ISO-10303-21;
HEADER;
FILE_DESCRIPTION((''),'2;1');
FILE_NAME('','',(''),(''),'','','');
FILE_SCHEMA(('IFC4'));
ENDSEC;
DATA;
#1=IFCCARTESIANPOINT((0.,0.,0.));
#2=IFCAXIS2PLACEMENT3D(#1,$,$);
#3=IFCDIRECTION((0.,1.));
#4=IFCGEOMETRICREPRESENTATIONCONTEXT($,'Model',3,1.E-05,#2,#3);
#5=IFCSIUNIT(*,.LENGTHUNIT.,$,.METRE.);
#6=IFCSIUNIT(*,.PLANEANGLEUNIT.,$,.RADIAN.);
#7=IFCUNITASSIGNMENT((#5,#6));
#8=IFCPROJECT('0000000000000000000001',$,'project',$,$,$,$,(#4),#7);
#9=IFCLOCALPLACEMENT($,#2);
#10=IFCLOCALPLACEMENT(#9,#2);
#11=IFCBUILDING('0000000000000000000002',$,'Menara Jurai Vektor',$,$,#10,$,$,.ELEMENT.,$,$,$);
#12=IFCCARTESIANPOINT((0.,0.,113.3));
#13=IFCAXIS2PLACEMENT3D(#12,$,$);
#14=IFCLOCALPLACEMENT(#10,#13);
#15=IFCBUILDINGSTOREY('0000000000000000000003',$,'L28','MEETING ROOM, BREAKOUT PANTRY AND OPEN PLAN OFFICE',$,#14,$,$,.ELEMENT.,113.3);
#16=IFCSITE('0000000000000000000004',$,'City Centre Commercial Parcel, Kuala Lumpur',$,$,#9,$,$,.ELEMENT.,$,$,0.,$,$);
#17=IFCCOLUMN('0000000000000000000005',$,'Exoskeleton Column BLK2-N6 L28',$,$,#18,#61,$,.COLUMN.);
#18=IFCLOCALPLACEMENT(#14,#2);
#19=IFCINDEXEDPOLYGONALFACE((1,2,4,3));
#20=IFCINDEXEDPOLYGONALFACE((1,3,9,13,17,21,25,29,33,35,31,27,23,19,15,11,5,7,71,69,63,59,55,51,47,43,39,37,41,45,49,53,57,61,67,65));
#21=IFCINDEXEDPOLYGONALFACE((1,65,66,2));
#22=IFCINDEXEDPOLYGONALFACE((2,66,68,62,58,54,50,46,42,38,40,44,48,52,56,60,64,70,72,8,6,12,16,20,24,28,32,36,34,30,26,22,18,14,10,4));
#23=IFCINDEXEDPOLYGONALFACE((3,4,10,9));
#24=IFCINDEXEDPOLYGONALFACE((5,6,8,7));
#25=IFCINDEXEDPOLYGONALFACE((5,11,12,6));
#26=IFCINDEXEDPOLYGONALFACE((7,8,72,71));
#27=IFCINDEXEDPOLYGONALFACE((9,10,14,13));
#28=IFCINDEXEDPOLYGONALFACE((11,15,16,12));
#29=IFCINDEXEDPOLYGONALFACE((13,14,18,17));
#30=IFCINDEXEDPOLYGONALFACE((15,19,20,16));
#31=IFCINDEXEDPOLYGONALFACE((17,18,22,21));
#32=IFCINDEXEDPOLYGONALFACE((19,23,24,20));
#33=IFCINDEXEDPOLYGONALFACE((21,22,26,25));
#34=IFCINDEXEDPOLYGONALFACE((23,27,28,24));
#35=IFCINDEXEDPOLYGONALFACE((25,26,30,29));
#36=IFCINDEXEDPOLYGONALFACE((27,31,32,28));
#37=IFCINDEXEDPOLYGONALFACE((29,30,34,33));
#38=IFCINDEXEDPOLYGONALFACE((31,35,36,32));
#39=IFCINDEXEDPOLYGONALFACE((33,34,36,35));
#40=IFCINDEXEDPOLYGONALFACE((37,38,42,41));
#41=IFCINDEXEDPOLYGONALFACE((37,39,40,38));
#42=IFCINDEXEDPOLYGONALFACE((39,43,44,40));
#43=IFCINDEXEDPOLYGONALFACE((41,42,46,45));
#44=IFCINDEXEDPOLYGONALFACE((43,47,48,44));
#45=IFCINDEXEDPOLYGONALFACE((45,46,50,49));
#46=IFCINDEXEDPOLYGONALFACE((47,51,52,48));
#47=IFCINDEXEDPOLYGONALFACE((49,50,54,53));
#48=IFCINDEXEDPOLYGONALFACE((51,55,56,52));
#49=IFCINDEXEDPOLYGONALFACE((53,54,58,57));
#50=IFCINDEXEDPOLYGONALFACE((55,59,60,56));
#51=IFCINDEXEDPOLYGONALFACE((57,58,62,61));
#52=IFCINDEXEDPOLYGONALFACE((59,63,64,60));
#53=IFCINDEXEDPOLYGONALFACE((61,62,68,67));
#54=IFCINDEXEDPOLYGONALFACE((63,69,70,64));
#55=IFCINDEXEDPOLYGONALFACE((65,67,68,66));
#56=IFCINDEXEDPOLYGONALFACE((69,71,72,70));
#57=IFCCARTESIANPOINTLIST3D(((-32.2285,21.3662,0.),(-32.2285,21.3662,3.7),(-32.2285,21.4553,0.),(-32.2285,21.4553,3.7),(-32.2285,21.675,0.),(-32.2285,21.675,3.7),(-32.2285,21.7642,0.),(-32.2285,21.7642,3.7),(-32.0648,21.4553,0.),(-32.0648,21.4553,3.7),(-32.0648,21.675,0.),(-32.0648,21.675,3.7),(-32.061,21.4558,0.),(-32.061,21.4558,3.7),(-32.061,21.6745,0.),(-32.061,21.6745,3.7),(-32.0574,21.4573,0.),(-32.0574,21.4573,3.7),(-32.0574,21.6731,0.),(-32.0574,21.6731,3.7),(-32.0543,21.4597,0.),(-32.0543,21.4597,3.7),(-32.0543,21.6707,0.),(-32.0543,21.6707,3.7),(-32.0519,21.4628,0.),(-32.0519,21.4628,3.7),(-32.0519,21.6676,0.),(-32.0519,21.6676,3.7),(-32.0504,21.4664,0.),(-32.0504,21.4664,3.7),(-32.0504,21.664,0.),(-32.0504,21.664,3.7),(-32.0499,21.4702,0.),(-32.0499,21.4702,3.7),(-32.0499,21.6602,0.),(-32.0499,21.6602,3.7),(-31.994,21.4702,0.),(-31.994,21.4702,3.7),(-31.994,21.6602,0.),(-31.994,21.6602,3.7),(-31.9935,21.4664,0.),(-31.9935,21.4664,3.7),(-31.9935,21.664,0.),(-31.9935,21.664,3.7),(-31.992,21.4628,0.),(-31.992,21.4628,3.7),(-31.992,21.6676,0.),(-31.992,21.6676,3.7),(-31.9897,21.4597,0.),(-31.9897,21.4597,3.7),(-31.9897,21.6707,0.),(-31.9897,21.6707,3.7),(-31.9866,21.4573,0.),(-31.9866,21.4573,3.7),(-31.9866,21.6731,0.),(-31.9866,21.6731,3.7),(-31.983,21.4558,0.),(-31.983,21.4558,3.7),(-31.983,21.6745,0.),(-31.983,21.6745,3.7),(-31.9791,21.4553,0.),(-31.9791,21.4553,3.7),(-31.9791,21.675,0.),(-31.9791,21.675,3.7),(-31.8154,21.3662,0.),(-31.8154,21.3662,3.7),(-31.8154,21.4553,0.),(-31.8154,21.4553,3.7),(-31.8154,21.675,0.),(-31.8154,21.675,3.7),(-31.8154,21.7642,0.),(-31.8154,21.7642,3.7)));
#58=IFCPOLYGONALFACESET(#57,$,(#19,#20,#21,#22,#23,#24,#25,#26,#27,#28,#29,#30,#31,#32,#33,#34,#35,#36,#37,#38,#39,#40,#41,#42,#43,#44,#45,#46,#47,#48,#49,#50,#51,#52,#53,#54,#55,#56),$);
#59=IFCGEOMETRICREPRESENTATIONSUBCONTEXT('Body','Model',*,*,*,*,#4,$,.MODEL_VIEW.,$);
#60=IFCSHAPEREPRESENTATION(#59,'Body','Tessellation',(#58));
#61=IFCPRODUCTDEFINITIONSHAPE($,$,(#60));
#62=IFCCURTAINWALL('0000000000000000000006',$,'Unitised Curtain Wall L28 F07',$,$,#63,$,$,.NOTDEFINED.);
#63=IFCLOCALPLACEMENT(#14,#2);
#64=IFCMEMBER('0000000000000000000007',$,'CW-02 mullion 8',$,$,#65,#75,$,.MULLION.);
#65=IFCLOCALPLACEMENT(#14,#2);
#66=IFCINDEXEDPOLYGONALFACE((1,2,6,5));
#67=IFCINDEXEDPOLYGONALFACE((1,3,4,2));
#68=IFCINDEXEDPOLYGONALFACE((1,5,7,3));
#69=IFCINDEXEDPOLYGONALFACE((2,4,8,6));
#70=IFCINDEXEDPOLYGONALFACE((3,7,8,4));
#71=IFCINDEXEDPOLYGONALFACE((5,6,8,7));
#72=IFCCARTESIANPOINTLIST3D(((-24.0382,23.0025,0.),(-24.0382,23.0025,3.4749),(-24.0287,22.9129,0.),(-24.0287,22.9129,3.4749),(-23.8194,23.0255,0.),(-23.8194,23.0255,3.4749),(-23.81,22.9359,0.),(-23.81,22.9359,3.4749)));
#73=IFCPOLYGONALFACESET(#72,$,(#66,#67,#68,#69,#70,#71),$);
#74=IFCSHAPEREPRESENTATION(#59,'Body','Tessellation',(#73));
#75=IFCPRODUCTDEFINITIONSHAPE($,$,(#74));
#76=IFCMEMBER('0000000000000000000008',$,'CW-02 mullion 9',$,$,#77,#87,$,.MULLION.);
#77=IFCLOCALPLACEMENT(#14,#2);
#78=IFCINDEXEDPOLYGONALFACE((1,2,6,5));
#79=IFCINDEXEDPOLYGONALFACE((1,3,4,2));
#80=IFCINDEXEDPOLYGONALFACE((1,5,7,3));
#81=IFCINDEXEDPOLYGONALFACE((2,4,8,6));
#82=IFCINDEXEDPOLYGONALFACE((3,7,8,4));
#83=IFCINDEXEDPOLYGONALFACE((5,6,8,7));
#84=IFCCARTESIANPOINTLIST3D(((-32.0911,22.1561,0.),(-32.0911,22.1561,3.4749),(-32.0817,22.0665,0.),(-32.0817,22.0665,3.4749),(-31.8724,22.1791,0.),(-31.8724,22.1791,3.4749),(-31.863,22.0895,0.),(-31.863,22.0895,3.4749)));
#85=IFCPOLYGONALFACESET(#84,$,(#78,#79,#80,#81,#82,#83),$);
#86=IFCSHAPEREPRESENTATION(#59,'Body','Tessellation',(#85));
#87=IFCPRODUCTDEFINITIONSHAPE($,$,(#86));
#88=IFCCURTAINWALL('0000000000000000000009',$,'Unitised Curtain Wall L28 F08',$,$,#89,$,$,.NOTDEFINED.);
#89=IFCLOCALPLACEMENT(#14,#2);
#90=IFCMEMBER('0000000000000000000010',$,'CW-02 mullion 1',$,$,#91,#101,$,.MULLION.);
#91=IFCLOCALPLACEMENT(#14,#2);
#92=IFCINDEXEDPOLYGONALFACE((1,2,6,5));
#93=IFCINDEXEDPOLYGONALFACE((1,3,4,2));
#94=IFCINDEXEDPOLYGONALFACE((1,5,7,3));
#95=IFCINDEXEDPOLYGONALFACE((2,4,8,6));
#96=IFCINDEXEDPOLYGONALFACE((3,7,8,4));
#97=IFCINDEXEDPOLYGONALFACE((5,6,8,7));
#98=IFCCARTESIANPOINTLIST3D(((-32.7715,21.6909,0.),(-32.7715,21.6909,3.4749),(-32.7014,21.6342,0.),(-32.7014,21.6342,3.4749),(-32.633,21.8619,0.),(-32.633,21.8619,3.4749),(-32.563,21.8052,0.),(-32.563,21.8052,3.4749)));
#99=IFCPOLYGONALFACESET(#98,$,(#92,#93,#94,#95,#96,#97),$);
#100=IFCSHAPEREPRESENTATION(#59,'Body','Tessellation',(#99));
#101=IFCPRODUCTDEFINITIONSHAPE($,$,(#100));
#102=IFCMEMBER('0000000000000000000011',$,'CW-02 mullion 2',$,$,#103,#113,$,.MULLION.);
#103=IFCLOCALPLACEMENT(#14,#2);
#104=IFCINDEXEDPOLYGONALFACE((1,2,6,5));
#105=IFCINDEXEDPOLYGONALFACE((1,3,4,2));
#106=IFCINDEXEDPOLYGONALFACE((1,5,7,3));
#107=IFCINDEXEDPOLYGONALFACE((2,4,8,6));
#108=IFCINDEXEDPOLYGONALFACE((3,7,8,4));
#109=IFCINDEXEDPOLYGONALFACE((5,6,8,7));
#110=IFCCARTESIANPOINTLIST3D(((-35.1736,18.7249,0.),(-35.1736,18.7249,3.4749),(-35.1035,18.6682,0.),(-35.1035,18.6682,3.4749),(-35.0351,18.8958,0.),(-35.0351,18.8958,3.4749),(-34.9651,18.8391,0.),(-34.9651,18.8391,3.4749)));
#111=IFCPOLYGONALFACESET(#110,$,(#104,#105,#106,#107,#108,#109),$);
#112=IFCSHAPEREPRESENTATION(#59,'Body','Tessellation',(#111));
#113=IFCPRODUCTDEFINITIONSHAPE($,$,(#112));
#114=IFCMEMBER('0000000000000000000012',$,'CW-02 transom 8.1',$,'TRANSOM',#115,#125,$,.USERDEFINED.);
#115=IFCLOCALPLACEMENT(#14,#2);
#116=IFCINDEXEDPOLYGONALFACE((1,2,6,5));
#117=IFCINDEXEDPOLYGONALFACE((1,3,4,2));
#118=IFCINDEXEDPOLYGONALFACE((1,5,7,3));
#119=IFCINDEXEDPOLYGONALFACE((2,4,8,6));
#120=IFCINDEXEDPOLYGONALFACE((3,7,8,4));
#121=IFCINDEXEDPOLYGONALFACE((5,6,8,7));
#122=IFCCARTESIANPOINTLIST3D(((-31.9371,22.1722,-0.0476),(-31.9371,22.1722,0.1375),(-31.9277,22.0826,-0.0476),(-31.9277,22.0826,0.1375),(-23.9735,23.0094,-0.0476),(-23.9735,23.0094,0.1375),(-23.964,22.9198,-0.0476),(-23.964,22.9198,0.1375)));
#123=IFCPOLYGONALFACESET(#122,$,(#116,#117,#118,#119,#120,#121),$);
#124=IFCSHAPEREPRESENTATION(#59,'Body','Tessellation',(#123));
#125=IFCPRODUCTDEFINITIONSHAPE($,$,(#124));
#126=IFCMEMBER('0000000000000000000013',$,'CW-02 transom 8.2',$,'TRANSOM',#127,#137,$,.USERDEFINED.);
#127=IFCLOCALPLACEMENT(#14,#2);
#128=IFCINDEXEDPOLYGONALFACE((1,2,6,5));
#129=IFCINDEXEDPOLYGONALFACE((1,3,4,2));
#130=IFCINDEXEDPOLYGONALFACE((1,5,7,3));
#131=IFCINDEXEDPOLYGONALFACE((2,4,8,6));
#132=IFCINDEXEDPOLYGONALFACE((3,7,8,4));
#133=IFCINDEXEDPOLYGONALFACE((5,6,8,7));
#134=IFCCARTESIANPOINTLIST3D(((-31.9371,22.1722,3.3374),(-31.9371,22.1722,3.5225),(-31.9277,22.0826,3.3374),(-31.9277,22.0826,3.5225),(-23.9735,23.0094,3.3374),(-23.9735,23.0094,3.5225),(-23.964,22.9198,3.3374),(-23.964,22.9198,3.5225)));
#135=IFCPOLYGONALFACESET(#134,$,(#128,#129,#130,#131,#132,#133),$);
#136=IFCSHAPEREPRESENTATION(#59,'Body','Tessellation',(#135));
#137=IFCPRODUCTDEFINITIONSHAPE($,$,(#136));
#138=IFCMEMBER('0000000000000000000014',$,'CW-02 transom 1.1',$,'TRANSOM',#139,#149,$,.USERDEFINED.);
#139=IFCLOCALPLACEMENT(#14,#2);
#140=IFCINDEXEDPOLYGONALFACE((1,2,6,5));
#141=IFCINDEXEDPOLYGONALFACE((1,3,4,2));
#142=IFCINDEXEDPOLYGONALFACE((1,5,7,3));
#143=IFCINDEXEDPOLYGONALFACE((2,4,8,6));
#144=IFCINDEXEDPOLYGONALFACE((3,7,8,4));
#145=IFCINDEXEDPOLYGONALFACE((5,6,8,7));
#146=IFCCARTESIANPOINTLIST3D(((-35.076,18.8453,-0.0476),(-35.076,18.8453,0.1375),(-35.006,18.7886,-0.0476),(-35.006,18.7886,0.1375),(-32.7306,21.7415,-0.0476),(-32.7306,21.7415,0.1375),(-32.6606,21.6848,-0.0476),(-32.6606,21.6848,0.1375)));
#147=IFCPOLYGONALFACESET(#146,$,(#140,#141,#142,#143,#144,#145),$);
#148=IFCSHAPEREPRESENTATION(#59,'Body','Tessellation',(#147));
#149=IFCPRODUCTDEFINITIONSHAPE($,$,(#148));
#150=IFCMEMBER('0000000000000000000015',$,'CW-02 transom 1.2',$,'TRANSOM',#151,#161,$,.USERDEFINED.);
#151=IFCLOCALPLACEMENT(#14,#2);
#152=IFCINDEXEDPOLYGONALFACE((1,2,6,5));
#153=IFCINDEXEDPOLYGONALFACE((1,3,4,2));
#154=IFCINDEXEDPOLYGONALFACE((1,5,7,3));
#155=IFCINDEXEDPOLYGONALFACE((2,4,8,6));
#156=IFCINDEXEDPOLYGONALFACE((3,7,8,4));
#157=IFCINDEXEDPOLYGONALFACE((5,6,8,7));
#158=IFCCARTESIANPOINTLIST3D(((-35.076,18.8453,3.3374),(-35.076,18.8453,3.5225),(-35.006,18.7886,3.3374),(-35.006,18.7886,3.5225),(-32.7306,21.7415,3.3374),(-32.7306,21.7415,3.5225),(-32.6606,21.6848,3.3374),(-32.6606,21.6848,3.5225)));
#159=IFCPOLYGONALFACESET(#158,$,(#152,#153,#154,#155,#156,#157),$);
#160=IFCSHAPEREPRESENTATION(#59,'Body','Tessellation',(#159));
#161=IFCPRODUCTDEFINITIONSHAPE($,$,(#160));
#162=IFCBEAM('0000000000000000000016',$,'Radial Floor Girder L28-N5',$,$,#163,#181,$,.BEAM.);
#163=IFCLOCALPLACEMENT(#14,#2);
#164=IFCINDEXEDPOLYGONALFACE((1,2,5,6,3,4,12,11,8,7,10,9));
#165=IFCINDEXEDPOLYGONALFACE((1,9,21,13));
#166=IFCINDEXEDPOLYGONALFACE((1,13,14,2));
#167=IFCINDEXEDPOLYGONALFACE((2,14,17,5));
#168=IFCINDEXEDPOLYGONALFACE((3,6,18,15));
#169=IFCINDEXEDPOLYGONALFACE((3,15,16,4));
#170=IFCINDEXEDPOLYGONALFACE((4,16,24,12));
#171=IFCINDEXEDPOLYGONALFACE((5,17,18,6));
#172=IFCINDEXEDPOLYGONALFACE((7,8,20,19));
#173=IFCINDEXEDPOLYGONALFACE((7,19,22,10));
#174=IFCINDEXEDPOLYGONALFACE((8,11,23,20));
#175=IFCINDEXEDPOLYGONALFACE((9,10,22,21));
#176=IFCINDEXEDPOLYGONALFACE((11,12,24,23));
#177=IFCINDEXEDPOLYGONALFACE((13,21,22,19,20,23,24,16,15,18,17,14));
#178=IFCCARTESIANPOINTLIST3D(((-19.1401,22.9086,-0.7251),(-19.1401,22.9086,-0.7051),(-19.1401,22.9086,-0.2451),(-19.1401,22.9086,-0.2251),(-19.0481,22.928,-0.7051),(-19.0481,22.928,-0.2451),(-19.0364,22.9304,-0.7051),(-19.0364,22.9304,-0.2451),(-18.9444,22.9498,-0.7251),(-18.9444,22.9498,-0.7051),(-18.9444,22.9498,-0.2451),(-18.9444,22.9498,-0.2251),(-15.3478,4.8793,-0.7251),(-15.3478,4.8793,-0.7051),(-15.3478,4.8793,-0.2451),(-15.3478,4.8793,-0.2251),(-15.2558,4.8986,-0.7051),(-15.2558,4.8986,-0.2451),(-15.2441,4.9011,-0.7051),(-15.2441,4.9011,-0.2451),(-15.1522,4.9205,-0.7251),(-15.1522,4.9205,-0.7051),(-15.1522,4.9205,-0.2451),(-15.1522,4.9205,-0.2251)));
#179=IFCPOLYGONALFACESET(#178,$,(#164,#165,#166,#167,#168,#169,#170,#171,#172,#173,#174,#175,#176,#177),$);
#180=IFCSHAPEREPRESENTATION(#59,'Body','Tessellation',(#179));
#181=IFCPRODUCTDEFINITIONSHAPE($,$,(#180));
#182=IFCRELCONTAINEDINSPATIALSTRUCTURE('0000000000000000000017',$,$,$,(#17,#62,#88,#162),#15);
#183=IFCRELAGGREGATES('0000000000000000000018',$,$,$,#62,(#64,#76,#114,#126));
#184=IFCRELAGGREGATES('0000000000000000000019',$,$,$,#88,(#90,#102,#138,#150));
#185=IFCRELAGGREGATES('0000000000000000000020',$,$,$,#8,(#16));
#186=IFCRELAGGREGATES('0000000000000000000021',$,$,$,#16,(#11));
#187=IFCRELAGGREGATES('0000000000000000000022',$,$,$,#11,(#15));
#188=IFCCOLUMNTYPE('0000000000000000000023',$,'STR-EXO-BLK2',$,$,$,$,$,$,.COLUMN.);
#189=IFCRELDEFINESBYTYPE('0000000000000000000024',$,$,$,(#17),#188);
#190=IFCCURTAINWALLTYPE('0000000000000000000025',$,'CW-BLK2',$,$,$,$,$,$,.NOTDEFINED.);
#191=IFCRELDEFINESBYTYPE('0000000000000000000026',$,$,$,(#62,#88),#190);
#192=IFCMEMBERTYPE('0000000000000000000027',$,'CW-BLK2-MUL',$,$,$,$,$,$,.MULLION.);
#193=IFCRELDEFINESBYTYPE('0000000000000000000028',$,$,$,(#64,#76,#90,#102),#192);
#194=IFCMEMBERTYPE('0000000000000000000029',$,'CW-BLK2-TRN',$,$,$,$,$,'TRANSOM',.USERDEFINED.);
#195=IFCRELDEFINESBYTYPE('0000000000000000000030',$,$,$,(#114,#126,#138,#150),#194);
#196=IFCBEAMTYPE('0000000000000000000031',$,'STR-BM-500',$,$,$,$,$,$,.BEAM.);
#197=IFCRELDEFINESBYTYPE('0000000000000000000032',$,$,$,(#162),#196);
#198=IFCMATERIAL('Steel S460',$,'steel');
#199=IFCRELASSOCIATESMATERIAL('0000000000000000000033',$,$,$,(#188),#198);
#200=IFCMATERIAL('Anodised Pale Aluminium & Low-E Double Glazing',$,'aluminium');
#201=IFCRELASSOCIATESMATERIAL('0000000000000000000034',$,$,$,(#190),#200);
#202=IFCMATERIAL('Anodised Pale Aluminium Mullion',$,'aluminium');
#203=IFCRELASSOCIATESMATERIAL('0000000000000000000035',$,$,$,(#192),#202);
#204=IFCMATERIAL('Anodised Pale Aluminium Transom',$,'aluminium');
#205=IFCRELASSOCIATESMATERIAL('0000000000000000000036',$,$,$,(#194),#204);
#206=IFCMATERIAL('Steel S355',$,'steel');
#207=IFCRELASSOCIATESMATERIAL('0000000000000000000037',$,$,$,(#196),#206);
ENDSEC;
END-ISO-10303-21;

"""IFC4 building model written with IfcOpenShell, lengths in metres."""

from ifc_helpers import new_model, si_unit, direction, frame, origin, origin_2d, place, context, subcontext, project, spatial, rectangle, i_section, extrude, material, material_profile, profile_set, type_object, element, aggregate, save


model = new_model("IFC4")

# Units and contexts
model_context = context("Model", 3, precision=1e-05, world=origin(), true_north=direction((0.0, 1.0)))
body_context = subcontext(model_context, "Body", "Model", "MODEL_VIEW")
ifc_project = project(units=[si_unit("LENGTHUNIT", "METRE"), si_unit("PLANEANGLEUNIT", "RADIAN")], contexts=[model_context])

# Site, building, storey
site_placement = place(None, origin())
site = spatial("IfcSite", under=ifc_project, at=site_placement, Name="City Centre Commercial Parcel, Kuala Lumpur", CompositionType="ELEMENT", RefElevation=0.0)
building_placement = place(site_placement, origin())
building = spatial("IfcBuilding", under=site, at=building_placement, Name="Menara Jurai Vektor", CompositionType="ELEMENT")
storey_placement = place(building_placement, frame((0.0, 0.0, 113.3)))
storey = spatial("IfcBuildingStorey", under=building, at=storey_placement, Name="L28", Description="MEETING ROOM, BREAKOUT PANTRY AND OPEN PLAN OFFICE", CompositionType="ELEMENT", Elevation=113.3)

# Column
ifc_material_1 = material(Name="Steel S460", Category="steel")
ifc_material_profile_1 = material_profile(ifc_material_1, i_section(OverallWidth=0.4131, OverallDepth=0.3979, WebThickness=0.0559, FlangeThickness=0.0891, FilletRadius=0.0149, at=origin_2d()), Name="HD 400x744")
ifc_profile_set_1 = profile_set([ifc_material_profile_1], Name="Steel S460")
column_type = type_object("IfcColumnType", Name="STR-EXO-BLK2", PredefinedType="COLUMN", material=ifc_profile_set_1)
column_placement = place(storey_placement, frame((-32.022, 21.5652, 0.0), z_axis=(0.0, 0.0, 1.0), x_axis=(1.0, 0.0, 0.0)))
element("IfcColumn", 1, at=column_placement, inside=storey, type_object=column_type, Name="Exoskeleton Column BLK2-N6 L28", PredefinedType="COLUMN", context=body_context, shape_type="SweptSolid", body=[
    extrude(i_section(OverallWidth=0.4131, OverallDepth=0.3979, WebThickness=0.0559, FlangeThickness=0.0891, FilletRadius=0.0149, at=origin_2d()), origin(), (0.0, 0.0, 1.0), 3.7),
])

# Curtain walls, members
ifc_material_2 = material(Name="Anodised Pale Aluminium & Low-E Double Glazing", Category="aluminium")
curtain_wall_type = type_object("IfcCurtainWallType", Name="CW-BLK2", PredefinedType="NOTDEFINED", material=ifc_material_2)
curtain_wall_1_placement = place(storey_placement, origin())
curtain_wall_1 = element("IfcCurtainWall", 2, at=curtain_wall_1_placement, inside=storey, type_object=curtain_wall_type, Name="Unitised Curtain Wall L28 F07", PredefinedType="NOTDEFINED")
ifc_material_3 = material(Name="Anodised Pale Aluminium Mullion", Category="aluminium")
ifc_material_profile_2 = material_profile(ifc_material_3, rectangle(XDim=0.0901, YDim=0.22, at=origin_2d()), Name="ALU MUL 90x220")
ifc_profile_set_2 = profile_set([ifc_material_profile_2], Name="Anodised Pale Aluminium Mullion")
member_type_1 = type_object("IfcMemberType", Name="CW-BLK2-MUL", PredefinedType="MULLION", material=ifc_profile_set_2)
member_1_placement = place(storey_placement, frame((-23.9241, 22.9692, 0.0), z_axis=(0.0, 0.0, 1.0), x_axis=(0.104529, -0.994522, 0.0)))
member_1 = element("IfcMember", 3, at=member_1_placement, type_object=member_type_1, Name="CW-02 mullion 8", PredefinedType="MULLION", context=body_context, shape_type="SweptSolid", body=[
    extrude(rectangle(XDim=0.0901, YDim=0.22, at=origin_2d()), origin(), (0.0, 0.0, 1.0), 3.4749),
])
member_2_placement = place(storey_placement, frame((-31.9771, 22.1228, 0.0), z_axis=(0.0, 0.0, 1.0), x_axis=(0.104529, -0.994522, 0.0)))
member_2 = element("IfcMember", 4, at=member_2_placement, type_object=member_type_1, Name="CW-02 mullion 9", PredefinedType="MULLION", context=body_context, shape_type="SweptSolid", body=[
    extrude(rectangle(XDim=0.0901, YDim=0.22, at=origin_2d()), origin(), (0.0, 0.0, 1.0), 3.4749),
])
curtain_wall_2_placement = place(storey_placement, origin())
curtain_wall_2 = element("IfcCurtainWall", 5, at=curtain_wall_2_placement, inside=storey, type_object=curtain_wall_type, Name="Unitised Curtain Wall L28 F08", PredefinedType="NOTDEFINED")
member_3_placement = place(storey_placement, frame((-32.6672, 21.748, 0.0), z_axis=(0.0, 0.0, 1.0), x_axis=(0.777129, -0.629341, 0.0)))
member_3 = element("IfcMember", 6, at=member_3_placement, type_object=member_type_1, Name="CW-02 mullion 1", PredefinedType="MULLION", context=body_context, shape_type="SweptSolid", body=[
    extrude(rectangle(XDim=0.0901, YDim=0.22, at=origin_2d()), origin(), (0.0, 0.0, 1.0), 3.4749),
])
member_4_placement = place(storey_placement, frame((-35.0693, 18.782, 0.0), z_axis=(0.0, 0.0, 1.0), x_axis=(0.777129, -0.629341, 0.0)))
member_4 = element("IfcMember", 7, at=member_4_placement, type_object=member_type_1, Name="CW-02 mullion 2", PredefinedType="MULLION", context=body_context, shape_type="SweptSolid", body=[
    extrude(rectangle(XDim=0.0901, YDim=0.22, at=origin_2d()), origin(), (0.0, 0.0, 1.0), 3.4749),
])

# Members
ifc_material_4 = material(Name="Anodised Pale Aluminium Transom", Category="aluminium")
ifc_material_profile_3 = material_profile(ifc_material_4, rectangle(XDim=0.0901, YDim=0.1851, at=origin_2d()), Name="ALU TRN 90x185")
ifc_profile_set_3 = profile_set([ifc_material_profile_3], Name="Anodised Pale Aluminium Transom")
member_type_2 = type_object("IfcMemberType", Name="CW-BLK2-TRN", ElementType="TRANSOM", PredefinedType="USERDEFINED", material=ifc_profile_set_3)
member_5_placement = place(storey_placement, frame((-23.9688, 22.9646, 0.0449), z_axis=(-0.99452, -0.104547, 0.0), x_axis=(0.104547, -0.99452, 0.0)))
member_5 = element("IfcMember", 8, at=member_5_placement, type_object=member_type_2, Name="CW-02 transom 8.1", ObjectType="TRANSOM", PredefinedType="USERDEFINED", context=body_context, shape_type="SweptSolid", body=[
    extrude(rectangle(XDim=0.0901, YDim=0.1851, at=origin_2d()), origin(), (0.0, 0.0, 1.0), 8.0076),
])
member_6_placement = place(storey_placement, frame((-23.9688, 22.9646, 3.4299), z_axis=(-0.99452, -0.104547, 0.0), x_axis=(0.104547, -0.99452, 0.0)))
member_6 = element("IfcMember", 9, at=member_6_placement, type_object=member_type_2, Name="CW-02 transom 8.2", ObjectType="TRANSOM", PredefinedType="USERDEFINED", context=body_context, shape_type="SweptSolid", body=[
    extrude(rectangle(XDim=0.0901, YDim=0.1851, at=origin_2d()), origin(), (0.0, 0.0, 1.0), 8.0076),
])
member_7_placement = place(storey_placement, frame((-32.6956, 21.7131, 0.0449), z_axis=(-0.629341, -0.777129, 0.0), x_axis=(0.777129, -0.629341, 0.0)))
member_7 = element("IfcMember", 10, at=member_7_placement, type_object=member_type_2, Name="CW-02 transom 1.1", ObjectType="TRANSOM", PredefinedType="USERDEFINED", context=body_context, shape_type="SweptSolid", body=[
    extrude(rectangle(XDim=0.0901, YDim=0.1851, at=origin_2d()), origin(), (0.0, 0.0, 1.0), 3.7268),
])
member_8_placement = place(storey_placement, frame((-32.6956, 21.7131, 3.4299), z_axis=(-0.629341, -0.777129, 0.0), x_axis=(0.777129, -0.629341, 0.0)))
member_8 = element("IfcMember", 11, at=member_8_placement, type_object=member_type_2, Name="CW-02 transom 1.2", ObjectType="TRANSOM", PredefinedType="USERDEFINED", context=body_context, shape_type="SweptSolid", body=[
    extrude(rectangle(XDim=0.0901, YDim=0.1851, at=origin_2d()), origin(), (0.0, 0.0, 1.0), 3.7268),
])

# Beam
ifc_material_5 = material(Name="Steel S355", Category="steel")
ifc_material_profile_4 = material_profile(ifc_material_5, i_section(OverallWidth=0.2, OverallDepth=0.5, WebThickness=0.012, FlangeThickness=0.02, at=origin_2d()), Name="PG 500x200x96")
ifc_profile_set_4 = profile_set([ifc_material_profile_4], Name="Steel S355")
beam_type_1 = type_object("IfcBeamType", Name="STR-BM-500", PredefinedType="BEAM", material=ifc_profile_set_4)
beam_1_placement = place(storey_placement, frame((-19.0422, 22.9292, -0.4751), z_axis=(0.205833, -0.978587, 0.0), x_axis=(0.978587, 0.205833, 0.0)))
element("IfcBeam", 12, at=beam_1_placement, inside=storey, type_object=beam_type_1, Name="Radial Floor Girder L28-N5", PredefinedType="BEAM", context=body_context, shape_type="SweptSolid", body=[
    extrude(i_section(OverallWidth=0.2, OverallDepth=0.5, WebThickness=0.012, FlangeThickness=0.02, at=origin_2d()), origin(), (0.0, 0.0, 1.0), 18.4238),
])

aggregate(curtain_wall_1, [member_1, member_2, member_5, member_6])
aggregate(curtain_wall_2, [member_3, member_4, member_7, member_8])

save(model, "model.ifc")
